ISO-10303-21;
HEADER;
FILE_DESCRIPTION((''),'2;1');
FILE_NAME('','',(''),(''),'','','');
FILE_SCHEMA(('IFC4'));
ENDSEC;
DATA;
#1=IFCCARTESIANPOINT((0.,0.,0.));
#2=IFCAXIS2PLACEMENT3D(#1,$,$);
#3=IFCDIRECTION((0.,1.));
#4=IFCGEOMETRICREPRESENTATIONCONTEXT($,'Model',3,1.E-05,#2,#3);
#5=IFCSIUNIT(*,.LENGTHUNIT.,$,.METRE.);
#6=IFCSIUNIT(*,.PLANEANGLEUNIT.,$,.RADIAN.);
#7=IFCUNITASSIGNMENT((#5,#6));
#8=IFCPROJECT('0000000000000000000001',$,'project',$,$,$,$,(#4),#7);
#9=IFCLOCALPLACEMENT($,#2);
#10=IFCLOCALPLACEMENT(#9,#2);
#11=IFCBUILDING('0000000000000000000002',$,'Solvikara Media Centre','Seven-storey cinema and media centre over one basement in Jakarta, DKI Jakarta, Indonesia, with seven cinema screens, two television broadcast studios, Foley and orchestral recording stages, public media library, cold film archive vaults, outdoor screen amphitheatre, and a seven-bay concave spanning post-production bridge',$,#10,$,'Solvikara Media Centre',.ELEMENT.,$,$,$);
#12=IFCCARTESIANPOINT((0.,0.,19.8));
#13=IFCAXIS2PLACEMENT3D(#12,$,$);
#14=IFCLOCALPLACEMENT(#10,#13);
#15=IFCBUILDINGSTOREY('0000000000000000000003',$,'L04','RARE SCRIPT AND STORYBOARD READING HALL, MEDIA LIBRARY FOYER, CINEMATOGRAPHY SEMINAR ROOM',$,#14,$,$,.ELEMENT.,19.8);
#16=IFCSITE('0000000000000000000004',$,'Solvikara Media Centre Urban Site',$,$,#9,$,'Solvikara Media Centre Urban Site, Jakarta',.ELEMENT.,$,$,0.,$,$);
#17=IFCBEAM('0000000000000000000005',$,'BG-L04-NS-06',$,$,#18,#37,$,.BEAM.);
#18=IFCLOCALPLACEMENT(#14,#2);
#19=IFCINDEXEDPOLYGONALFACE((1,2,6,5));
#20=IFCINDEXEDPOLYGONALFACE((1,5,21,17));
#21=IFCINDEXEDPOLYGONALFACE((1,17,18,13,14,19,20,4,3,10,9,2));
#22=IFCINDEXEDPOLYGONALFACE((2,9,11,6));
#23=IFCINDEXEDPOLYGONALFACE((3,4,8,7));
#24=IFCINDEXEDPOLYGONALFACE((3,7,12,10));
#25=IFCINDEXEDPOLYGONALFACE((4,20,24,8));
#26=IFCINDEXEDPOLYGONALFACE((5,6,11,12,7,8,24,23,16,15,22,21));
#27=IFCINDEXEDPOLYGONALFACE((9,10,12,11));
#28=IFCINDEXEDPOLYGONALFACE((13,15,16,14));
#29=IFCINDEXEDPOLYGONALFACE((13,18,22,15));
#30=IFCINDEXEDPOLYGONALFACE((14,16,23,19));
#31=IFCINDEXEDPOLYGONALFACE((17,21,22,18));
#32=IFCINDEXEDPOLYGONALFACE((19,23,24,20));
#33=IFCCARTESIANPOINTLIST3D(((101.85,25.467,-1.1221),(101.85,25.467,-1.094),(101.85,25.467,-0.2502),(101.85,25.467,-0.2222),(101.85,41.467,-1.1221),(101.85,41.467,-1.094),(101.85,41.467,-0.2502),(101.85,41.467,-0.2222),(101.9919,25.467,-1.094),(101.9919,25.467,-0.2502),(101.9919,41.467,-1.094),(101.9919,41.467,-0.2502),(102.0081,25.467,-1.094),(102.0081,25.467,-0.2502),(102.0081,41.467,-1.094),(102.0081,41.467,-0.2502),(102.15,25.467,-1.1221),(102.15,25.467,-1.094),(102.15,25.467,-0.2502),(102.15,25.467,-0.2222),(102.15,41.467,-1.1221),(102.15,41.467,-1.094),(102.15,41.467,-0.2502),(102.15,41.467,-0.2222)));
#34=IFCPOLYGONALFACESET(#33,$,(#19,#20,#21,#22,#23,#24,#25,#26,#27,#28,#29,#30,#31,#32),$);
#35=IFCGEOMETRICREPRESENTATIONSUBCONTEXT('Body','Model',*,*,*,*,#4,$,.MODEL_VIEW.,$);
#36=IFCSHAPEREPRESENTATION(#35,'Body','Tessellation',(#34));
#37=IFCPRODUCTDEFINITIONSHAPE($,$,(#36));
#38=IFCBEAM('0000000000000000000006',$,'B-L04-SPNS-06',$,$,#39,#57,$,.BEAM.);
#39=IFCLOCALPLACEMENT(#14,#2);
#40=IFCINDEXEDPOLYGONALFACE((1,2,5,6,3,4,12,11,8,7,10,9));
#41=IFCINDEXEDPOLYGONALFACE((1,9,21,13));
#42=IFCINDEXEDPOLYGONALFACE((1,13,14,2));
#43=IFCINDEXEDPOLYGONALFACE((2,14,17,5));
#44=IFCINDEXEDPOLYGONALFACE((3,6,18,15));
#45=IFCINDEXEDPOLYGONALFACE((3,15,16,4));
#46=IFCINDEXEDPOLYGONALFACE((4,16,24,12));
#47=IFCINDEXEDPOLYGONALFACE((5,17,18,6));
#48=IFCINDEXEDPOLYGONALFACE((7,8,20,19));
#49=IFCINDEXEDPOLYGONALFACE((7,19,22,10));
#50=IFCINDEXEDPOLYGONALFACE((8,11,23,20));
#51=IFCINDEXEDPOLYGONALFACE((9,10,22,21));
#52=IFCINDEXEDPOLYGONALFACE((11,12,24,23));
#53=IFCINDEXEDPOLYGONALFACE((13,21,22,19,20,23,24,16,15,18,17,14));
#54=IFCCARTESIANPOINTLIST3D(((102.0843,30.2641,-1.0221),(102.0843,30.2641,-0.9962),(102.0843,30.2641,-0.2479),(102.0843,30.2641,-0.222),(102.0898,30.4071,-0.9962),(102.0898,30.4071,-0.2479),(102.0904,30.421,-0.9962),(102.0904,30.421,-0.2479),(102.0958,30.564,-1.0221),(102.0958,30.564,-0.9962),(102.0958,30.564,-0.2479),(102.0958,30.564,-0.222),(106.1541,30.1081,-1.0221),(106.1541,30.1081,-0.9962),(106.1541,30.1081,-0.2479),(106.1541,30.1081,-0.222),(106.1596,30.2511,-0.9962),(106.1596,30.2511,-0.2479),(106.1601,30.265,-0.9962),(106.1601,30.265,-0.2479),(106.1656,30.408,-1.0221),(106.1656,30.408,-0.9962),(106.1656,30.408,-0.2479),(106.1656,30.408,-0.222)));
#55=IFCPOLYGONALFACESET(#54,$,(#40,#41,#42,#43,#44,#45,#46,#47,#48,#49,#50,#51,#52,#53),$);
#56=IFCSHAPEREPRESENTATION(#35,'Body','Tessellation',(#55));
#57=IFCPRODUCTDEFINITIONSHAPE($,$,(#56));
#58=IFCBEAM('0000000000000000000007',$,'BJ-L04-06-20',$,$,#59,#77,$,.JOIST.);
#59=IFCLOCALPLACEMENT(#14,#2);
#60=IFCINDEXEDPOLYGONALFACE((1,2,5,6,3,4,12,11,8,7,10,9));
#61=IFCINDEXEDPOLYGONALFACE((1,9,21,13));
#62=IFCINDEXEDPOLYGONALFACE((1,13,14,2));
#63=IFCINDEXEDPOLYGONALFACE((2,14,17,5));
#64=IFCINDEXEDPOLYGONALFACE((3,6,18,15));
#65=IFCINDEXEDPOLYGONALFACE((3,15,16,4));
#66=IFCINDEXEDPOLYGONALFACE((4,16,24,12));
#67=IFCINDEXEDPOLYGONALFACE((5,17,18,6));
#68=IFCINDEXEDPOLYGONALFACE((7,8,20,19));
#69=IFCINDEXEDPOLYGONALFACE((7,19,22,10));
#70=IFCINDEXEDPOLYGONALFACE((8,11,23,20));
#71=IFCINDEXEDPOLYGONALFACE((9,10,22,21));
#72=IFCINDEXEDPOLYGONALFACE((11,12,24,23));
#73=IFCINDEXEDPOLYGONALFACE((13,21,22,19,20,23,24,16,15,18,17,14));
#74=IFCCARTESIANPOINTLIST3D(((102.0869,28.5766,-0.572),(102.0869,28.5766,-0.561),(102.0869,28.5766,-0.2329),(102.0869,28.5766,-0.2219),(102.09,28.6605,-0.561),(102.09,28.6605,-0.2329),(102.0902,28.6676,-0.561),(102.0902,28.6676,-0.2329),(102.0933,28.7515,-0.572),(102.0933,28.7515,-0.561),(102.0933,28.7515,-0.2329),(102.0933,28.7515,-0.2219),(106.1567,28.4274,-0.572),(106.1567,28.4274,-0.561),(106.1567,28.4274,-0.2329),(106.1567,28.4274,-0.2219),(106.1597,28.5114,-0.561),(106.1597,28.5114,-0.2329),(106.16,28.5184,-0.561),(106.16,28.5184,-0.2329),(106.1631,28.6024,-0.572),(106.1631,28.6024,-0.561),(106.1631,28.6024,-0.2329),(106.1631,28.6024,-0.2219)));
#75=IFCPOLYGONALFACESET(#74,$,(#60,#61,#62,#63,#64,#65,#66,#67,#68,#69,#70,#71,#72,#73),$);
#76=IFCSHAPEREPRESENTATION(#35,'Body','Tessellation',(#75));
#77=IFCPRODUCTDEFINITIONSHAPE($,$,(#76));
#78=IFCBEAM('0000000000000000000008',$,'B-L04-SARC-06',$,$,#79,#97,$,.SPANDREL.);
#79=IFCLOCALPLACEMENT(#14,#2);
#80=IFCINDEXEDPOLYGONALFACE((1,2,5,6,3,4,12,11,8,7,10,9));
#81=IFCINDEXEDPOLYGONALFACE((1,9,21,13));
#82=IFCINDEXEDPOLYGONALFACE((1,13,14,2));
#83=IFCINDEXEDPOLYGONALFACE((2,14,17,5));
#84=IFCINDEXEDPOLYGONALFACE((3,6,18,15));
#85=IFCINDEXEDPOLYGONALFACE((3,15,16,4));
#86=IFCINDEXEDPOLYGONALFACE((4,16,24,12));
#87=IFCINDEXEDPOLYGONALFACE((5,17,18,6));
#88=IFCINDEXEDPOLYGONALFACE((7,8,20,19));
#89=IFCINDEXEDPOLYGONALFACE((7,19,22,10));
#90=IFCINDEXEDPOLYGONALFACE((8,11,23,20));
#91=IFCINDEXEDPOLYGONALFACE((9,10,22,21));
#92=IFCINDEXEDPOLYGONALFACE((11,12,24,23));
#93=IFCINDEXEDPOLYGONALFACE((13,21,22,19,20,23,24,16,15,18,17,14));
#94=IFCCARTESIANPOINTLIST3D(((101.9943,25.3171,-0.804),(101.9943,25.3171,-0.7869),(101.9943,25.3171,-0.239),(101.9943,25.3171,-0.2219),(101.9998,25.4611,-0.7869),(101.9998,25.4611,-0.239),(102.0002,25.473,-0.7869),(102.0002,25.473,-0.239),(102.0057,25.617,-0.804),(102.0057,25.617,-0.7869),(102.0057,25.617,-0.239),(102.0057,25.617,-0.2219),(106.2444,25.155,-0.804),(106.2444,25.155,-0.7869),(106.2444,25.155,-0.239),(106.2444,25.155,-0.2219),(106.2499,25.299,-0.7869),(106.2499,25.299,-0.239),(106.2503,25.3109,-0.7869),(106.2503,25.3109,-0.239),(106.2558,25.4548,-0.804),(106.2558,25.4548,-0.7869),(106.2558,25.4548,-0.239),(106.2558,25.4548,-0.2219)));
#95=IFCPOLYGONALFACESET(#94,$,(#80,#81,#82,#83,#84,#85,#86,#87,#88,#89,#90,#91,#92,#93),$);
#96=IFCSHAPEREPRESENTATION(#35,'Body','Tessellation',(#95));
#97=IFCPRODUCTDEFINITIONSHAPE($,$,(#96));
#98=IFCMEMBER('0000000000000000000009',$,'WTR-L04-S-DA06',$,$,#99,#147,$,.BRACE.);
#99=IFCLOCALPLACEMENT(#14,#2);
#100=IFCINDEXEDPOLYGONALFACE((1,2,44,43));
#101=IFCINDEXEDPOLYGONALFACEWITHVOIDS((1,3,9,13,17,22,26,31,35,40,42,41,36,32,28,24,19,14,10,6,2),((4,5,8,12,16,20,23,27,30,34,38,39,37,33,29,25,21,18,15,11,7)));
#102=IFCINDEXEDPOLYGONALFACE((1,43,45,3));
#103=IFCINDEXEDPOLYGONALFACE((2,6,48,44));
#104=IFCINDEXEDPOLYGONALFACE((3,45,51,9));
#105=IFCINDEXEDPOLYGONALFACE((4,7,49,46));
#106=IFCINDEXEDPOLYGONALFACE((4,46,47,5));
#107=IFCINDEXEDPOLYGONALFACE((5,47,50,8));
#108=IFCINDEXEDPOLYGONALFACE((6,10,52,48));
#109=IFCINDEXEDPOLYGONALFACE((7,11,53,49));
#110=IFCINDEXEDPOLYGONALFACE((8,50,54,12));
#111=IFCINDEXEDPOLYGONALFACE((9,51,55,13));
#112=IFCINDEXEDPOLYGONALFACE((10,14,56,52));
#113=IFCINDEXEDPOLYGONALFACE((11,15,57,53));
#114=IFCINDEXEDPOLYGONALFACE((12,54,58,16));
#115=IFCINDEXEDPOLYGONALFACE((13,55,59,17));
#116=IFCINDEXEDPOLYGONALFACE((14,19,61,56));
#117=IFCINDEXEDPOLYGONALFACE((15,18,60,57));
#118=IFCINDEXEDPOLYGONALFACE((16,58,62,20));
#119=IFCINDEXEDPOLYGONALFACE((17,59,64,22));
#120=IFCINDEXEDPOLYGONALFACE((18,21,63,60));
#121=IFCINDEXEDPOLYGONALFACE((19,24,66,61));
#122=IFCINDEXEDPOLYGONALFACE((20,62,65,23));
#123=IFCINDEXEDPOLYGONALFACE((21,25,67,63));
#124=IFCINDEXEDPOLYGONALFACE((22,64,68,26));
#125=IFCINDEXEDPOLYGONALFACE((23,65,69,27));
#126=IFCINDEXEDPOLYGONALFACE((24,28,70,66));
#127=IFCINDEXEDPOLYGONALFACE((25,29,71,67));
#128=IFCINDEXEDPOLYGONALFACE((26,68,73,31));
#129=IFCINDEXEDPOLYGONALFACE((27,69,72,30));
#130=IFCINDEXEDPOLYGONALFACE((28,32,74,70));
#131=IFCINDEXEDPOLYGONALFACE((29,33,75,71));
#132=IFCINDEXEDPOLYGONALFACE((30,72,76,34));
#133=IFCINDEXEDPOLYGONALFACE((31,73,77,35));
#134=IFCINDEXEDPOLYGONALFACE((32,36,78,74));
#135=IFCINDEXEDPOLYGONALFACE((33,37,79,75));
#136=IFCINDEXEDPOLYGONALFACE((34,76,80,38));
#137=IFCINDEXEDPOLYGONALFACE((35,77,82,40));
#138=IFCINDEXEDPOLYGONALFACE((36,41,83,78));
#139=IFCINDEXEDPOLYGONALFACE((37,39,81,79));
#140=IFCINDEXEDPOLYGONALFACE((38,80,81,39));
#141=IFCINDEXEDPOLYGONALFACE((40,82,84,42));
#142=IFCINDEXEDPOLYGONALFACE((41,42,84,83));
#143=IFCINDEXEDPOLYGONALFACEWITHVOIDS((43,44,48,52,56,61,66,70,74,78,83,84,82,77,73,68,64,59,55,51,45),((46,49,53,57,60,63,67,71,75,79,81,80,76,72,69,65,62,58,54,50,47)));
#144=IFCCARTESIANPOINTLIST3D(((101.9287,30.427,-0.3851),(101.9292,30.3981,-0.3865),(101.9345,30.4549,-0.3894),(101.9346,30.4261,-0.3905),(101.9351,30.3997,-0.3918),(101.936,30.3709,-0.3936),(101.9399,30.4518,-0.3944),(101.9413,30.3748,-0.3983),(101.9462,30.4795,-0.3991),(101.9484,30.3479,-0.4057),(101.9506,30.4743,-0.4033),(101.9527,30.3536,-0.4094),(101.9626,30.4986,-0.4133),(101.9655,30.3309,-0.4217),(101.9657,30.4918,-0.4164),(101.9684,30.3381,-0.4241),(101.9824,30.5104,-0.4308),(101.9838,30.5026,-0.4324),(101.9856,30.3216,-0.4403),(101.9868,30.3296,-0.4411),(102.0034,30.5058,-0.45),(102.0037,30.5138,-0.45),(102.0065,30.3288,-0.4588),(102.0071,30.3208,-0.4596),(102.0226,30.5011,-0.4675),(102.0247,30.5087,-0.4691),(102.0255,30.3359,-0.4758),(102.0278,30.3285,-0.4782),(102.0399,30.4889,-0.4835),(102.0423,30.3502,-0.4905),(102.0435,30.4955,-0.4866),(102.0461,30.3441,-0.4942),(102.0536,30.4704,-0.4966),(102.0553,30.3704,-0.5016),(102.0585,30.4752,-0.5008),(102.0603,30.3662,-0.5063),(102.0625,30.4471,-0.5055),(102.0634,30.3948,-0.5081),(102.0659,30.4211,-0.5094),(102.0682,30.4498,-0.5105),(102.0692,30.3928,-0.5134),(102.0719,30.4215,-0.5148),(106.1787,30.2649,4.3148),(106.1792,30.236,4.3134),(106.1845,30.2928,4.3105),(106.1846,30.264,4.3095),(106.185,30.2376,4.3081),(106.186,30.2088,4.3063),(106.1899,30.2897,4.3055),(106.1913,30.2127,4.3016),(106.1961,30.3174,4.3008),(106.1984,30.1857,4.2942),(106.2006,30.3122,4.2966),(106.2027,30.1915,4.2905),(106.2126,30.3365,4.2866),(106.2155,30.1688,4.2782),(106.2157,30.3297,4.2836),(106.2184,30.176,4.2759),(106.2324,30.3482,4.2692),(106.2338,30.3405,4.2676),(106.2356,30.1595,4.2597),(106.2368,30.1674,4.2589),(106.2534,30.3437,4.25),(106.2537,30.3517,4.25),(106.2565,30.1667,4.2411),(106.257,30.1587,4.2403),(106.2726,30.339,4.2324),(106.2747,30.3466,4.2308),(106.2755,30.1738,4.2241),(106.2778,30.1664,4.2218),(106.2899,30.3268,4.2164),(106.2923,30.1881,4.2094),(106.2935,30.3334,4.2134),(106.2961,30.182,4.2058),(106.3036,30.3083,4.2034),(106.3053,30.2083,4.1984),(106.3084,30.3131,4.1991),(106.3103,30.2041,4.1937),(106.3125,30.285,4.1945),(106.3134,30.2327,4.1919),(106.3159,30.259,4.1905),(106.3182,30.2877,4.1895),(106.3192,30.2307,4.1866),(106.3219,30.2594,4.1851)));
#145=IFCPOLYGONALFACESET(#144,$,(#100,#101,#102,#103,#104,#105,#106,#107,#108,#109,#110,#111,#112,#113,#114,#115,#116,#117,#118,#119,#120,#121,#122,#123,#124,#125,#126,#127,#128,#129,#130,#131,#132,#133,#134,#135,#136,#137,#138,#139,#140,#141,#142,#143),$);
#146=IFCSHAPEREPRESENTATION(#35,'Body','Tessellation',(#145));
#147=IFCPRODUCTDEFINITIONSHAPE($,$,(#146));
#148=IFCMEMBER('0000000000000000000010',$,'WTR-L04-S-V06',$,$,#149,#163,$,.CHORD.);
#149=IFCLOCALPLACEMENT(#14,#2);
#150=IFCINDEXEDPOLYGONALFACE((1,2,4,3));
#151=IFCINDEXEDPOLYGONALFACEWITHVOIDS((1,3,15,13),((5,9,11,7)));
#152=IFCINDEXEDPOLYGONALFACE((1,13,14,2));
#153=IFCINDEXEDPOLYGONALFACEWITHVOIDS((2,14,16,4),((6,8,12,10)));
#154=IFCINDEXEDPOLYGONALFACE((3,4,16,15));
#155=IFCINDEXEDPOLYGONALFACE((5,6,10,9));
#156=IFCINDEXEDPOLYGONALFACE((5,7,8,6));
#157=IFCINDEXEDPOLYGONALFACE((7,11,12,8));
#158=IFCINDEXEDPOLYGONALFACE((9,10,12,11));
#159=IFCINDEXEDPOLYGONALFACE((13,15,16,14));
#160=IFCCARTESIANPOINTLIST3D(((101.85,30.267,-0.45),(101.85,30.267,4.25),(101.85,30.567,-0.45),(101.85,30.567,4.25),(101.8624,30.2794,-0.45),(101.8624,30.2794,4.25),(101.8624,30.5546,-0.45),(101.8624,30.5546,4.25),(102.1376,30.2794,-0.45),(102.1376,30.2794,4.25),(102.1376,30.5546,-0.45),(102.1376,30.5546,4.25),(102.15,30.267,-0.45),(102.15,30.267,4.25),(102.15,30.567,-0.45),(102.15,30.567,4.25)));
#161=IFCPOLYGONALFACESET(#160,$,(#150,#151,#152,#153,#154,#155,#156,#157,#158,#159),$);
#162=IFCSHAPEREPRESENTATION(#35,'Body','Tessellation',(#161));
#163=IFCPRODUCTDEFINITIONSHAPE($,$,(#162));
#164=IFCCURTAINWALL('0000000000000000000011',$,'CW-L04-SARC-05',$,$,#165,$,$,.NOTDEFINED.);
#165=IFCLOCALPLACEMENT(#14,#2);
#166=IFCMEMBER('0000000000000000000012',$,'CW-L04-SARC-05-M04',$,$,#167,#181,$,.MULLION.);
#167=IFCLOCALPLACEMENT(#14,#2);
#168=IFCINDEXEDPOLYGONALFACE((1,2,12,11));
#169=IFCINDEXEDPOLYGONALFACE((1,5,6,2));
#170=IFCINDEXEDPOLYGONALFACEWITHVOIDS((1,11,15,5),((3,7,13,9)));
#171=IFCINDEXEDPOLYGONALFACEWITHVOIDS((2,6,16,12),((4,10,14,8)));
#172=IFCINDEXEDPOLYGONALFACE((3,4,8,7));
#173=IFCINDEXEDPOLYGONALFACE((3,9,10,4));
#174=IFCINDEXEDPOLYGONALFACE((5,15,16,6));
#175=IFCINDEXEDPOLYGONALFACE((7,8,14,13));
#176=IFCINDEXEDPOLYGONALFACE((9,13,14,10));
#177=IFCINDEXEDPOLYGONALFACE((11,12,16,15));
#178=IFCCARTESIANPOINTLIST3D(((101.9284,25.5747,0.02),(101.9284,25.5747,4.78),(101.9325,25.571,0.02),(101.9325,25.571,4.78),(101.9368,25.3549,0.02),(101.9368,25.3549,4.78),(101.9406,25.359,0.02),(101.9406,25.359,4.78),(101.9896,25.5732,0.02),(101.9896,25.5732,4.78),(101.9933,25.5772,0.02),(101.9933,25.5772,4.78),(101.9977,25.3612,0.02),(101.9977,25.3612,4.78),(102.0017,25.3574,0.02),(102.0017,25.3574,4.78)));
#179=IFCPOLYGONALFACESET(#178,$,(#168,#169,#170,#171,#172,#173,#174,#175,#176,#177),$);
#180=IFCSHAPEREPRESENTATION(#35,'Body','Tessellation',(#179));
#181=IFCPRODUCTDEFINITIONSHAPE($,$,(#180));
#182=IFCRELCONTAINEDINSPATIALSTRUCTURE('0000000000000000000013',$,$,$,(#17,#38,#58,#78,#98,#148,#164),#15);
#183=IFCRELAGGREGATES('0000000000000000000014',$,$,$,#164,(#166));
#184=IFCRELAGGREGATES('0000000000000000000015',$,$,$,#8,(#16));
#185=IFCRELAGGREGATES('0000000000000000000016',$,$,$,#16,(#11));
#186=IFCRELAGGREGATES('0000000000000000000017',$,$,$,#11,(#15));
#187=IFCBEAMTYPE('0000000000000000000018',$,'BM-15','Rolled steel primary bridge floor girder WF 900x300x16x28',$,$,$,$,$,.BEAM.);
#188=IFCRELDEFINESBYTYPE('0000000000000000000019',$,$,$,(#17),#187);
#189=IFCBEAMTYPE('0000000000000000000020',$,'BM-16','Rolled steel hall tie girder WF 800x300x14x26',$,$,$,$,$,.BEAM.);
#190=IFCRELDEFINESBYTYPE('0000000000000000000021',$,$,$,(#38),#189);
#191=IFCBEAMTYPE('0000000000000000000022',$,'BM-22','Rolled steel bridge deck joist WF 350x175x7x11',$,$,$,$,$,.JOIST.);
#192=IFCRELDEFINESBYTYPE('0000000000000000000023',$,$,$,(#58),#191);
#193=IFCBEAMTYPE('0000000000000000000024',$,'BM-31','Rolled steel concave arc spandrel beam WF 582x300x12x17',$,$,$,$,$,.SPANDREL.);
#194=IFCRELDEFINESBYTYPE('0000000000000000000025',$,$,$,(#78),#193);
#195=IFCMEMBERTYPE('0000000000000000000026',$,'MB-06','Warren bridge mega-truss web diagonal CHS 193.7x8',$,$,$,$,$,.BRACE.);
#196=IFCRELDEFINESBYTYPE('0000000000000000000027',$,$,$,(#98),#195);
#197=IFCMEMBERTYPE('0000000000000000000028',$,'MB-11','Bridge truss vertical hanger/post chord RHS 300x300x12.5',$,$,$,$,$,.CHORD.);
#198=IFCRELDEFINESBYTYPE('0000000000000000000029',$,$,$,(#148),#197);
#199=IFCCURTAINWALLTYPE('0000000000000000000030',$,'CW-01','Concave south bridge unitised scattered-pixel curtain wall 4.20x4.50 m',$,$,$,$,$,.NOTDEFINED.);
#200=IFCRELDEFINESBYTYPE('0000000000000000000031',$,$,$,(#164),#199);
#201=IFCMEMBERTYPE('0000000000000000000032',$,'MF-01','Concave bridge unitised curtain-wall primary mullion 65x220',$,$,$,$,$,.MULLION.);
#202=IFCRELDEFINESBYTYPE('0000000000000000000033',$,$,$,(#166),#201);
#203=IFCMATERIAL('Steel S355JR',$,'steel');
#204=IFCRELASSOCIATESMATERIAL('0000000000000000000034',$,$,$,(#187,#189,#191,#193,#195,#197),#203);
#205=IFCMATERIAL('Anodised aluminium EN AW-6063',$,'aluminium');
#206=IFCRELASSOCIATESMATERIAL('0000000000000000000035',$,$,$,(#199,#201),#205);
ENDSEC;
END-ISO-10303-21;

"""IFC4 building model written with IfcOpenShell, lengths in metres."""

from ifc_helpers import new_model, si_unit, direction, frame, origin, origin_2d, place, context, subcontext, project, spatial, hollow_rectangle, hollow_circle, i_section, extrude, material, material_profile, profile_set, type_object, element, aggregate, save


model = new_model("IFC4")

# Units and contexts
model_context = context("Model", 3, precision=1e-05, world=origin(), true_north=direction((0.0, 1.0)))
body_context = subcontext(model_context, "Body", "Model", "MODEL_VIEW")
ifc_project = project(units=[si_unit("LENGTHUNIT", "METRE"), si_unit("PLANEANGLEUNIT", "RADIAN")], contexts=[model_context])

# Site, building, storey
site_placement = place(None, origin())
site = spatial("IfcSite", under=ifc_project, at=site_placement, Name="Solvikara Media Centre Urban Site", LongName="Solvikara Media Centre Urban Site, Jakarta", CompositionType="ELEMENT", RefElevation=0.0)
building_placement = place(site_placement, origin())
building = spatial("IfcBuilding", under=site, at=building_placement, Name="Solvikara Media Centre", Description="Seven-storey cinema and media centre over one basement in Jakarta, DKI Jakarta, Indonesia, with seven cinema screens, two television broadcast studios, Foley and orchestral recording stages, public media library, cold film archive vaults, outdoor screen amphitheatre, and a seven-bay concave spanning post-production bridge", LongName="Solvikara Media Centre", CompositionType="ELEMENT")
storey_placement = place(building_placement, frame((0.0, 0.0, 19.8)))
storey = spatial("IfcBuildingStorey", under=building, at=storey_placement, Name="L04", Description="RARE SCRIPT AND STORYBOARD READING HALL, MEDIA LIBRARY FOYER, CINEMATOGRAPHY SEMINAR ROOM", CompositionType="ELEMENT", Elevation=19.8)

# Beams
ifc_material_1 = material(Name="Steel S355JR", Category="steel")
ifc_material_profile_1 = material_profile(ifc_material_1, i_section(OverallWidth=0.3, OverallDepth=0.8999, WebThickness=0.0161, FlangeThickness=0.0281, at=origin_2d()), Name="WF 900x300x16x28")
ifc_profile_set_1 = profile_set([ifc_material_profile_1], Name="Steel S355JR")
beam_type_1 = type_object("IfcBeamType", Name="BM-15", Description="Rolled steel primary bridge floor girder WF 900x300x16x28", PredefinedType="BEAM", material=ifc_profile_set_1)
beam_1_placement = place(storey_placement, frame((102.0, 25.467, -0.6721), z_axis=(0.0, 1.0, 0.0), x_axis=(-1.0, 0.0, 0.0)))
element("IfcBeam", 1, at=beam_1_placement, inside=storey, type_object=beam_type_1, Name="BG-L04-NS-06", PredefinedType="BEAM", context=body_context, shape_type="SweptSolid", body=[
    extrude(i_section(OverallWidth=0.3, OverallDepth=0.8999, WebThickness=0.0161, FlangeThickness=0.0281, at=origin_2d()), origin(), (0.0, 0.0, 1.0), 16.0),
])
ifc_material_profile_2 = material_profile(ifc_material_1, i_section(OverallWidth=0.3, OverallDepth=0.8, WebThickness=0.0139, FlangeThickness=0.0259, at=origin_2d()), Name="WF 800x300x14x26")
ifc_profile_set_2 = profile_set([ifc_material_profile_2], Name="Steel S355JR")
beam_type_2 = type_object("IfcBeamType", Name="BM-16", Description="Rolled steel hall tie girder WF 800x300x14x26", PredefinedType="BEAM", material=ifc_profile_set_2)
beam_2_placement = place(storey_placement, frame((102.0901, 30.4141, -0.6221), z_axis=(0.999266, -0.038304, 0.0), x_axis=(0.038304, 0.999266, 0.0)))
element("IfcBeam", 2, at=beam_2_placement, inside=storey, type_object=beam_type_2, Name="B-L04-SPNS-06", PredefinedType="BEAM", context=body_context, shape_type="SweptSolid", body=[
    extrude(i_section(OverallWidth=0.3, OverallDepth=0.8, WebThickness=0.0139, FlangeThickness=0.0259, at=origin_2d()), origin(), (0.0, 0.0, 1.0), 4.0728),
])
ifc_material_profile_3 = material_profile(ifc_material_1, i_section(OverallWidth=0.175, OverallDepth=0.3501, WebThickness=0.0071, FlangeThickness=0.011, at=origin_2d()), Name="WF 350x175x7x11")
ifc_profile_set_3 = profile_set([ifc_material_profile_3], Name="Steel S355JR")
beam_type_3 = type_object("IfcBeamType", Name="BM-22", Description="Rolled steel bridge deck joist WF 350x175x7x11", PredefinedType="JOIST", material=ifc_profile_set_3)
beam_3_placement = place(storey_placement, frame((102.0901, 28.6641, -0.397), z_axis=(0.999329, -0.036628, 0.0), x_axis=(0.036628, 0.999329, 0.0)))
element("IfcBeam", 3, at=beam_3_placement, inside=storey, type_object=beam_type_3, Name="BJ-L04-06-20", PredefinedType="JOIST", context=body_context, shape_type="SweptSolid", body=[
    extrude(i_section(OverallWidth=0.175, OverallDepth=0.3501, WebThickness=0.0071, FlangeThickness=0.011, at=origin_2d()), origin(), (0.0, 0.0, 1.0), 4.0725),
])
ifc_material_profile_4 = material_profile(ifc_material_1, i_section(OverallWidth=0.3, OverallDepth=0.582, WebThickness=0.012, FlangeThickness=0.0171, at=origin_2d()), Name="WF 582x300x12x17")
ifc_profile_set_4 = profile_set([ifc_material_profile_4], Name="Steel S355JR")
beam_type_4 = type_object("IfcBeamType", Name="BM-31", Description="Rolled steel concave arc spandrel beam WF 582x300x12x17", PredefinedType="SPANDREL", material=ifc_profile_set_4)
beam_4_placement = place(storey_placement, frame((102.0, 25.467, -0.5129), z_axis=(0.999273, -0.038116, 0.0), x_axis=(0.038116, 0.999273, 0.0)))
element("IfcBeam", 4, at=beam_4_placement, inside=storey, type_object=beam_type_4, Name="B-L04-SARC-06", PredefinedType="SPANDREL", context=body_context, shape_type="SweptSolid", body=[
    extrude(i_section(OverallWidth=0.3, OverallDepth=0.582, WebThickness=0.012, FlangeThickness=0.0171, at=origin_2d()), origin(), (0.0, 0.0, 1.0), 4.2532),
])

# Members
ifc_material_profile_5 = material_profile(ifc_material_1, hollow_circle(Radius=0.0969, WallThickness=0.0081, at=origin_2d()), Name="CHS 193.7x8")
ifc_profile_set_5 = profile_set([ifc_material_profile_5], Name="Steel S355JR")
member_type_1 = type_object("IfcMemberType", Name="MB-06", Description="Warren bridge mega-truss web diagonal CHS 193.7x8", PredefinedType="BRACE", material=ifc_profile_set_5)
member_1_placement = place(storey_placement, frame((102.0, 30.417, -0.45), z_axis=(0.670491, -0.025575, 0.741477), x_axis=(0.038116, 0.999273, 0.0)))
element("IfcMember", 5, at=member_1_placement, inside=storey, type_object=member_type_1, Name="WTR-L04-S-DA06", PredefinedType="BRACE", context=body_context, shape_type="SweptSolid", body=[
    extrude(hollow_circle(Radius=0.0969, WallThickness=0.0081, at=origin_2d()), origin(), (0.0, 0.0, 1.0), 6.3386),
])
ifc_material_profile_6 = material_profile(ifc_material_1, hollow_rectangle(XDim=0.3, YDim=0.3, WallThickness=0.0125, at=origin_2d()), Name="RHS 300x300x12.5")
ifc_profile_set_6 = profile_set([ifc_material_profile_6], Name="Steel S355JR")
member_type_2 = type_object("IfcMemberType", Name="MB-11", Description="Bridge truss vertical hanger/post chord RHS 300x300x12.5", PredefinedType="CHORD", material=ifc_profile_set_6)
member_2_placement = place(storey_placement, frame((102.0, 30.417, -0.45), z_axis=(0.0, 0.0, 1.0), x_axis=(1.0, 0.0, 0.0)))
element("IfcMember", 6, at=member_2_placement, inside=storey, type_object=member_type_2, Name="WTR-L04-S-V06", PredefinedType="CHORD", context=body_context, shape_type="SweptSolid", body=[
    extrude(hollow_rectangle(XDim=0.3, YDim=0.3, WallThickness=0.0125, at=origin_2d()), origin(), (0.0, 0.0, 1.0), 4.7),
])

# Curtain wall, member
ifc_material_2 = material(Name="Anodised aluminium EN AW-6063", Category="aluminium")
curtain_wall_type = type_object("IfcCurtainWallType", Name="CW-01", Description="Concave south bridge unitised scattered-pixel curtain wall 4.20x4.50 m", PredefinedType="NOTDEFINED", material=ifc_material_2)
curtain_wall_1_placement = place(storey_placement, origin())
curtain_wall_1 = element("IfcCurtainWall", 7, at=curtain_wall_1_placement, inside=storey, type_object=curtain_wall_type, Name="CW-L04-SARC-05", PredefinedType="NOTDEFINED")
ifc_material_profile_7 = material_profile(ifc_material_2, hollow_rectangle(XDim=0.0649, YDim=0.22, WallThickness=0.0039, at=origin_2d()), Name="ALU-M 65x220x4")
ifc_profile_set_7 = profile_set([ifc_material_profile_7], Name="Anodised aluminium EN AW-6063")
member_type_3 = type_object("IfcMemberType", Name="MF-01", Description="Concave bridge unitised curtain-wall primary mullion 65x220", PredefinedType="MULLION", material=ifc_profile_set_7)
member_3_placement = place(storey_placement, frame((101.9651, 25.4661, 0.02), z_axis=(0.0, 0.0, 1.0), x_axis=(0.999268, 0.038248, 0.0)))
member_3 = element("IfcMember", 8, at=member_3_placement, type_object=member_type_3, Name="CW-L04-SARC-05-M04", PredefinedType="MULLION", context=body_context, shape_type="SweptSolid", body=[
    extrude(hollow_rectangle(XDim=0.0649, YDim=0.22, WallThickness=0.0039, at=origin_2d()), origin(), (0.0, 0.0, 1.0), 4.76),
])
aggregate(curtain_wall_1, [member_3])

save(model, "model.ifc")
